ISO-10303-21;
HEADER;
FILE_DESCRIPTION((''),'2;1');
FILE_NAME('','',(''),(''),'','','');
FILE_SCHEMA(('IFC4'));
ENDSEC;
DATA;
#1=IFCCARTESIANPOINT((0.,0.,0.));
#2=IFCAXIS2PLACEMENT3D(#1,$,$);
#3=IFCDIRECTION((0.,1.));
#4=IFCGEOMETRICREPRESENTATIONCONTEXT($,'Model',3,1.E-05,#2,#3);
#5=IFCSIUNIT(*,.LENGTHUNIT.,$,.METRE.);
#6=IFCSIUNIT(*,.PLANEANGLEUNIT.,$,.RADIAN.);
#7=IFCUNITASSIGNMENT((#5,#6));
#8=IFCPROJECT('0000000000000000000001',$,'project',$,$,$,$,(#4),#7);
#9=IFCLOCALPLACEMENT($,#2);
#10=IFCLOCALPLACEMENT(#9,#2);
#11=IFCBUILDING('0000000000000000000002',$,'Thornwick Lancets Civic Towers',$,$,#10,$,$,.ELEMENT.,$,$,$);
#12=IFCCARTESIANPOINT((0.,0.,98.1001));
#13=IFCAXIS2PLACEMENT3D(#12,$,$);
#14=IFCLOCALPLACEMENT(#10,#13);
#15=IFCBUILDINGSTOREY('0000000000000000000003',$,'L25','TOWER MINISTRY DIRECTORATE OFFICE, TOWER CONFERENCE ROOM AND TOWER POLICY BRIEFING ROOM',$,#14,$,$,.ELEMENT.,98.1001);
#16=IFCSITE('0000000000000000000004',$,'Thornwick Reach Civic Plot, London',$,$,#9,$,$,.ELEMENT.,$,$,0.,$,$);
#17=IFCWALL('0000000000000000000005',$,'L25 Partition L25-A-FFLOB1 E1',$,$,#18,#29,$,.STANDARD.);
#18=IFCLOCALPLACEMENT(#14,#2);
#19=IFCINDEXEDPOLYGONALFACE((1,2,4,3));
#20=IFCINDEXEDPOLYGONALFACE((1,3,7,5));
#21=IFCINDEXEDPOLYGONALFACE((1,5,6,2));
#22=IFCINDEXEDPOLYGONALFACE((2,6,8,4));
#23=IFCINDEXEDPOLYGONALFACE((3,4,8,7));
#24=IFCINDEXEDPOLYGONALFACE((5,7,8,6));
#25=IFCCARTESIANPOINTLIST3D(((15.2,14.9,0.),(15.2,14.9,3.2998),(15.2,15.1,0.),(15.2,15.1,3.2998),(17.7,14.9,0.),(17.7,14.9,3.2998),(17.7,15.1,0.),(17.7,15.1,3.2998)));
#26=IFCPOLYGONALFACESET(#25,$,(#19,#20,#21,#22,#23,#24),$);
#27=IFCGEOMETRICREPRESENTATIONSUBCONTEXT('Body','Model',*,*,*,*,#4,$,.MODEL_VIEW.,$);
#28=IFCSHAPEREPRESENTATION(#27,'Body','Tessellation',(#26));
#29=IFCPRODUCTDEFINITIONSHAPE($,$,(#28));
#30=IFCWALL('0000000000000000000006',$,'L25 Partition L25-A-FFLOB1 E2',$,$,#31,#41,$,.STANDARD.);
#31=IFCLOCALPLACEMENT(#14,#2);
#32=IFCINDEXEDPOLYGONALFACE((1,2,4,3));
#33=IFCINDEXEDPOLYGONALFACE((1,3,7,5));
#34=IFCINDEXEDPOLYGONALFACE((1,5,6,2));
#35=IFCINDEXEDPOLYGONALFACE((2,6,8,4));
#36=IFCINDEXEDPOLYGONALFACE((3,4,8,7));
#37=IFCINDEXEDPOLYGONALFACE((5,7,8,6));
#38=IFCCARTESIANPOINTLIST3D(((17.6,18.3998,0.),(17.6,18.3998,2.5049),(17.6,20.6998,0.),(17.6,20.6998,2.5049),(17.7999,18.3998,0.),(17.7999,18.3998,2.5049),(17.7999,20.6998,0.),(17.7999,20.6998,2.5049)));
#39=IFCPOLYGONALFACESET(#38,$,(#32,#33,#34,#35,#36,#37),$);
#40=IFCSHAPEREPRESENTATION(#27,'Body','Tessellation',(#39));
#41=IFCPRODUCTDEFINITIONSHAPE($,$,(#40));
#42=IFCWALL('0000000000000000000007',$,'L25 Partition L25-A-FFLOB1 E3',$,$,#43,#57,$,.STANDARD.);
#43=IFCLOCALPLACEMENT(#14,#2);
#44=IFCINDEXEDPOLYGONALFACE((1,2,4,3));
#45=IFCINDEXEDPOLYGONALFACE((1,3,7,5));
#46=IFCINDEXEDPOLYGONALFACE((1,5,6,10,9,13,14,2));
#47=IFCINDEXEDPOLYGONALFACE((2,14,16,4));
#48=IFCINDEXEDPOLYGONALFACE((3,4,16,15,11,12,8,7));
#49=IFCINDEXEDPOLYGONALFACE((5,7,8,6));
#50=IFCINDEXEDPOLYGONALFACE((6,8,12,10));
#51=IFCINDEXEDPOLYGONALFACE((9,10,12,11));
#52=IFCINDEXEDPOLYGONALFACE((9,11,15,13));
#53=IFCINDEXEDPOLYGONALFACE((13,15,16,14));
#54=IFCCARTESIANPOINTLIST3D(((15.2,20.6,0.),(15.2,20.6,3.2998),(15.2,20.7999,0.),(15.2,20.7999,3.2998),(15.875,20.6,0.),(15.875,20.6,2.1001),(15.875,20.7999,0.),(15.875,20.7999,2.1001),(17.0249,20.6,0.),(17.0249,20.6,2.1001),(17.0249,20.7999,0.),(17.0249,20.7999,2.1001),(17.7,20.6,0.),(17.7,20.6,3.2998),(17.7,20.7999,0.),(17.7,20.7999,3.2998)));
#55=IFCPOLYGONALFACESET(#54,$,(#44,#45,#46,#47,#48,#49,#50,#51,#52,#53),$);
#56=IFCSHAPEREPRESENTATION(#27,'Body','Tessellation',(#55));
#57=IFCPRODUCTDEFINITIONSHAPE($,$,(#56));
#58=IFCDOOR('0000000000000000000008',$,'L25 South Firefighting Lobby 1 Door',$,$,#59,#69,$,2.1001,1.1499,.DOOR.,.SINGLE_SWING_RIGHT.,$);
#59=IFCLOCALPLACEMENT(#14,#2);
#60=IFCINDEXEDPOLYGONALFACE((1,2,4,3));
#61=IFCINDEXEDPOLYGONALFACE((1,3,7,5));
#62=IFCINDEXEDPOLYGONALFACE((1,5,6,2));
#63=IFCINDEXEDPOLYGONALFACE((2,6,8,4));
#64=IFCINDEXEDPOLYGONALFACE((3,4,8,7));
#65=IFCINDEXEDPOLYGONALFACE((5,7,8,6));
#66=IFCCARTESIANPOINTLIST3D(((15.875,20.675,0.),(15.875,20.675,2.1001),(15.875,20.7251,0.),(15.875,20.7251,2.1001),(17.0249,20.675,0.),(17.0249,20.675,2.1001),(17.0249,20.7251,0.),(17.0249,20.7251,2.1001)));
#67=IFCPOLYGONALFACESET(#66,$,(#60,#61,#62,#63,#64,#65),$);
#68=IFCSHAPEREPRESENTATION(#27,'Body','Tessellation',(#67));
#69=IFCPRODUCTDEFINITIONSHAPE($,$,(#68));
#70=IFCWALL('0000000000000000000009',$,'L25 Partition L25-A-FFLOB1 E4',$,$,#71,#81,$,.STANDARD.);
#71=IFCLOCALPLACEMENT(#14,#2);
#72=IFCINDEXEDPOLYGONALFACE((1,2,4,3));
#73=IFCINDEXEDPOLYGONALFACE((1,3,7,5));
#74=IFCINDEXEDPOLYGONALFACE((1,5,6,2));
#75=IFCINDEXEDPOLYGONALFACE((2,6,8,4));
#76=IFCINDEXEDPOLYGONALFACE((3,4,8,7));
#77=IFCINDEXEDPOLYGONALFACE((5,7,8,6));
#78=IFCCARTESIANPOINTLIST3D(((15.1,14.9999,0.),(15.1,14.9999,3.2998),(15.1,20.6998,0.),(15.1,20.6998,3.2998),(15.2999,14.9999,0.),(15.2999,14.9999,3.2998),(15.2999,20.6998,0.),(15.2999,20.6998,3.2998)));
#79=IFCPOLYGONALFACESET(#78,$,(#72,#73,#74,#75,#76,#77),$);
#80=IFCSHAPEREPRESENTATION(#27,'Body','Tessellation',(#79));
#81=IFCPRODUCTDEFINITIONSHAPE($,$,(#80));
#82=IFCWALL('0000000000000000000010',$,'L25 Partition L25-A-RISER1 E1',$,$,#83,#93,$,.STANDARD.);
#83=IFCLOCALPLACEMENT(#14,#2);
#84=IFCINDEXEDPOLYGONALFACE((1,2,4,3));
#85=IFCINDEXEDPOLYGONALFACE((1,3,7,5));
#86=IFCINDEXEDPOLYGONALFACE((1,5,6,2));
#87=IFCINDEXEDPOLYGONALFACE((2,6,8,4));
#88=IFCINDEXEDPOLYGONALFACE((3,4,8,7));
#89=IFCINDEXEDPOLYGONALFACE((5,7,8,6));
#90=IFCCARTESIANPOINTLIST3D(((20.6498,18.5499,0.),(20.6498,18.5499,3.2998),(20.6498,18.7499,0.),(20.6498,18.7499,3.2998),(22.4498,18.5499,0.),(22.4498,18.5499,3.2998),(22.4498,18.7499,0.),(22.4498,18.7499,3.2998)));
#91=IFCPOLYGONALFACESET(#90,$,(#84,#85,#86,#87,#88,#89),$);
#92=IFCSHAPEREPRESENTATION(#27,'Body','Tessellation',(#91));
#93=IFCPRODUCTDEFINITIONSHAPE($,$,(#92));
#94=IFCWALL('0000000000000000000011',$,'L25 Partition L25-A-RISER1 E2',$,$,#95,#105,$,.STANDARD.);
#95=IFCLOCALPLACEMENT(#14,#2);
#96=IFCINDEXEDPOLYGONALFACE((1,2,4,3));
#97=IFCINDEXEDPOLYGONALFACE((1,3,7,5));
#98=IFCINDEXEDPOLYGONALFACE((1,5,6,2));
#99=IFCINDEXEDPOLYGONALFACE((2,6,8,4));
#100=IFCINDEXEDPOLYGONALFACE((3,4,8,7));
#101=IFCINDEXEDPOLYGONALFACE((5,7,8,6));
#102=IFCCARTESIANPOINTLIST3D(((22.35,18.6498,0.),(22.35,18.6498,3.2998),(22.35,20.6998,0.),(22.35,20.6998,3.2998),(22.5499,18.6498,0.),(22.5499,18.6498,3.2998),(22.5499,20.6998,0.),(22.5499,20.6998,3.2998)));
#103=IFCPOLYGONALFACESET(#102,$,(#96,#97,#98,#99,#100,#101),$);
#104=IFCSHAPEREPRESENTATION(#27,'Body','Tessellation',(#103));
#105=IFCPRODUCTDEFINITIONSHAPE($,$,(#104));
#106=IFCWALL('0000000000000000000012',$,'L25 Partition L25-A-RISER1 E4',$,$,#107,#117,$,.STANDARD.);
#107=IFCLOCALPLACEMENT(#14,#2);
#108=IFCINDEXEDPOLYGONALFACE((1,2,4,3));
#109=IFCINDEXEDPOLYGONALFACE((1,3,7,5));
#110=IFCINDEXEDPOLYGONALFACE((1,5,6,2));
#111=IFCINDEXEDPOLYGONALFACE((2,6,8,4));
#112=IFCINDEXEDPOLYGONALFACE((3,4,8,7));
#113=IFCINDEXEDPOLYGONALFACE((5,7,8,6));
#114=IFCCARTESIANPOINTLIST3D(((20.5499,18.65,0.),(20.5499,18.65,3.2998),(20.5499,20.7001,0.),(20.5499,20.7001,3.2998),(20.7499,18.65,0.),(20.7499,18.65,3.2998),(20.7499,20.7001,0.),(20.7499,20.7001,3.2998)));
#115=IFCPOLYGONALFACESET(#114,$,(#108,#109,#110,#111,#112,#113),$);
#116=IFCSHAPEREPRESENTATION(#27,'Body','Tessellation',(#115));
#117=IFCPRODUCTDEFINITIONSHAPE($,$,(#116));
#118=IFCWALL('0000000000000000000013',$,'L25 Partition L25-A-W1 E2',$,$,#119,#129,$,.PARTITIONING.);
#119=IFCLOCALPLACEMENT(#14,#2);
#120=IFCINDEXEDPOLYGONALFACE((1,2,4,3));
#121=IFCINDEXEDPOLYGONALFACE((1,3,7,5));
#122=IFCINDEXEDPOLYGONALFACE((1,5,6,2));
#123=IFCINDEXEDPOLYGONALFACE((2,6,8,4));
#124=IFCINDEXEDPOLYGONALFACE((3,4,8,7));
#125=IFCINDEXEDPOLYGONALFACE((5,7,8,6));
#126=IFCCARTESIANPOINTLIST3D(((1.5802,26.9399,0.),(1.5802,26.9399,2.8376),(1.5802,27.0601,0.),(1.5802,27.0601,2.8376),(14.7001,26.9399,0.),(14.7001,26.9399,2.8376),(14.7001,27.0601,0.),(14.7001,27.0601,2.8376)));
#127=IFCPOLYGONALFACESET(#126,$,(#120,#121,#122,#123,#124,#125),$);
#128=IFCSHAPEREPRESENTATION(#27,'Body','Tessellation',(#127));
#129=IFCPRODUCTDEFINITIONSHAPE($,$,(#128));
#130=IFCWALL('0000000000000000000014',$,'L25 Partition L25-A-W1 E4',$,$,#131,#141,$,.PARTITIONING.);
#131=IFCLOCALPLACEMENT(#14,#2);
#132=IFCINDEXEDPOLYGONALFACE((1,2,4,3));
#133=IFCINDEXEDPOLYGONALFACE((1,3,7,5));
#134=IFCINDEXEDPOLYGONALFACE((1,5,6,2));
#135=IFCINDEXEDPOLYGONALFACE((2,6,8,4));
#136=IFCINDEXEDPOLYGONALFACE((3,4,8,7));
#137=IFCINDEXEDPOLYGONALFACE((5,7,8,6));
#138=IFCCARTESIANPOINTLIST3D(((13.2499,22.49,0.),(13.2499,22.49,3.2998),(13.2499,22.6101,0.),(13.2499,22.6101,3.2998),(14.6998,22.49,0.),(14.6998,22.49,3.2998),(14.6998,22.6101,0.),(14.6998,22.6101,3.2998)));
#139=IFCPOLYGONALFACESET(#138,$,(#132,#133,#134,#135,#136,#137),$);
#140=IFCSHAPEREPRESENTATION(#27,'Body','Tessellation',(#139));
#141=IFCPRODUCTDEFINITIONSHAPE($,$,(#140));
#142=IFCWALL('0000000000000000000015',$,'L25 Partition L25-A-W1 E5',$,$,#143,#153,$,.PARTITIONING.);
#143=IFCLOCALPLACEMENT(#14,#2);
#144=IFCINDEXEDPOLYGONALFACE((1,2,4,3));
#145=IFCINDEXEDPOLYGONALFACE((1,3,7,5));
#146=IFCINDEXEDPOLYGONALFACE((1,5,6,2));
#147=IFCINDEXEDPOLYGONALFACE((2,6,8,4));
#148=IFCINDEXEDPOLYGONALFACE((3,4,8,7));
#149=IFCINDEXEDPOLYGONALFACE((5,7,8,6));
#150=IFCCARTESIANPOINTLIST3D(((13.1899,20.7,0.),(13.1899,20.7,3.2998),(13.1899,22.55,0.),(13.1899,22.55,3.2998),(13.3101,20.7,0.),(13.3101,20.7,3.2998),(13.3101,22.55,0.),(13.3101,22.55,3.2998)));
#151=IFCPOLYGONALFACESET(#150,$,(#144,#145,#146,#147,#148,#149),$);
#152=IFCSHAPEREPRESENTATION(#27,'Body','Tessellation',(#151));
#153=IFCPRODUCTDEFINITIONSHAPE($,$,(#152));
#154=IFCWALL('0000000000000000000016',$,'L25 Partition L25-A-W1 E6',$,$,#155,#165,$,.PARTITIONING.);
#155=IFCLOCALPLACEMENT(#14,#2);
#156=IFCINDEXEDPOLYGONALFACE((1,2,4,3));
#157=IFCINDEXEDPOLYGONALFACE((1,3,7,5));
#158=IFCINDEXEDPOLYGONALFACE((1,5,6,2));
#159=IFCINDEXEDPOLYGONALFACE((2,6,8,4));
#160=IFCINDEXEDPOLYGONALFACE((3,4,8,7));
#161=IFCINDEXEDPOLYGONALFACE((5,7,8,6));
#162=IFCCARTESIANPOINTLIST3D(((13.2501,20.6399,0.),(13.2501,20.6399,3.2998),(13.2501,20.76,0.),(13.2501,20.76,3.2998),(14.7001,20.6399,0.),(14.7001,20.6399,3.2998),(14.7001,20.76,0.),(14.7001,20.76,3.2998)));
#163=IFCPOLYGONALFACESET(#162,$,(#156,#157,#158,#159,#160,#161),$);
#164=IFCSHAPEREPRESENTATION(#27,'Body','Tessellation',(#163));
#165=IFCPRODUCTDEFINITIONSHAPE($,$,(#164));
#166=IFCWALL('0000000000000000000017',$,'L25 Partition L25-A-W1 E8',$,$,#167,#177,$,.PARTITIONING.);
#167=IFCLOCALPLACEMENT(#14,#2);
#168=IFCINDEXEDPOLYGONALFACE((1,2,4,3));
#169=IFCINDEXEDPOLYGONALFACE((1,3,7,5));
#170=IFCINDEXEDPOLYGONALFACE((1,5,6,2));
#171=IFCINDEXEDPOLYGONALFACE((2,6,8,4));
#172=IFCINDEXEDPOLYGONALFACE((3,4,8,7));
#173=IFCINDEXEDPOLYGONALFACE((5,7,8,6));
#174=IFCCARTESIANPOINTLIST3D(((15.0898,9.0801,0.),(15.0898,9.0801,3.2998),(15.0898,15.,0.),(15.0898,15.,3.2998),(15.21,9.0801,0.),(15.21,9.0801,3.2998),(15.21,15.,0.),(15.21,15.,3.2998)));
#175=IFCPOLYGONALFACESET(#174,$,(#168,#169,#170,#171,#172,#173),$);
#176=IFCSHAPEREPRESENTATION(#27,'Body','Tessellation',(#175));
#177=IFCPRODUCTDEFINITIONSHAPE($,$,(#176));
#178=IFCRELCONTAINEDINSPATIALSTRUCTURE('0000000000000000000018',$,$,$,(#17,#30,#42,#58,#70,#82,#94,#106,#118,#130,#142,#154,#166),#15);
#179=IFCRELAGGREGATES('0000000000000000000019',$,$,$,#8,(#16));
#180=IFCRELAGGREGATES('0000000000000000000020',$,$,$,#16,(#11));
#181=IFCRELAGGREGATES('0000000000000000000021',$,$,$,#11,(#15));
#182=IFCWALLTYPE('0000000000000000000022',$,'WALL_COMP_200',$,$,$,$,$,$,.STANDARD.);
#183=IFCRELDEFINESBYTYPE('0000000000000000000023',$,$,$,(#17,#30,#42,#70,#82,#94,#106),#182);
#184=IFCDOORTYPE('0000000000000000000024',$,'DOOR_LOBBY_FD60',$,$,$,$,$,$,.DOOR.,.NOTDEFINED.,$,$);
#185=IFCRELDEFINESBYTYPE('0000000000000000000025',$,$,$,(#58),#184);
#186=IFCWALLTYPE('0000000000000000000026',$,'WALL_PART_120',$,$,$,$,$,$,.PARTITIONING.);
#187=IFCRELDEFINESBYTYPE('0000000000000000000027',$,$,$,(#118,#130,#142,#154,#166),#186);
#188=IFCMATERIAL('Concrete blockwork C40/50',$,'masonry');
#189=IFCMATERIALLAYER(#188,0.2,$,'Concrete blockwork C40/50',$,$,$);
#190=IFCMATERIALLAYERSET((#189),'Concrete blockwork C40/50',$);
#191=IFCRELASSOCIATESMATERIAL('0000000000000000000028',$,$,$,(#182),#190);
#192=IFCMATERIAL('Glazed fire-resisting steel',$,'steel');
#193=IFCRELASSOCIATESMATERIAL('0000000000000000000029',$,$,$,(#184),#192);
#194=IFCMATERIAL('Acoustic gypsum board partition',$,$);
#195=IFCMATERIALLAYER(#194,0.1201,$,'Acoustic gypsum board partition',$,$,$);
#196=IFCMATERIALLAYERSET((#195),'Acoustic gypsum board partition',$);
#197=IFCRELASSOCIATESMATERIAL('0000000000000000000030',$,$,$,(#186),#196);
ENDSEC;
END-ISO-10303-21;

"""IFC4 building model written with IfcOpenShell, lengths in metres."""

from ifc_helpers import new_model, si_unit, direction, frame, frame_2d, origin, place, context, subcontext, project, spatial, rectangle, extrude, material, layer, layer_set, type_object, element, fill, save


model = new_model("IFC4")

# Units and contexts
model_context = context("Model", 3, precision=1e-05, world=origin(), true_north=direction((0.0, 1.0)))
body_context = subcontext(model_context, "Body", "Model", "MODEL_VIEW")
ifc_project = project(units=[si_unit("LENGTHUNIT", "METRE"), si_unit("PLANEANGLEUNIT", "RADIAN")], contexts=[model_context])

# Site, building, storey
site_placement = place(None, origin())
site = spatial("IfcSite", under=ifc_project, at=site_placement, Name="Thornwick Reach Civic Plot, London", CompositionType="ELEMENT", RefElevation=0.0)
building_placement = place(site_placement, origin())
building = spatial("IfcBuilding", under=site, at=building_placement, Name="Thornwick Lancets Civic Towers", CompositionType="ELEMENT")
storey_placement = place(building_placement, frame((0.0, 0.0, 98.1001)))
storey = spatial("IfcBuildingStorey", under=building, at=storey_placement, Name="L25", Description="TOWER MINISTRY DIRECTORATE OFFICE, TOWER CONFERENCE ROOM AND TOWER POLICY BRIEFING ROOM", CompositionType="ELEMENT", Elevation=98.1001)

# Walls
ifc_material_1 = material(Name="Concrete blockwork C40/50", Category="masonry")
ifc_layer_1 = layer(ifc_material_1, 0.2, Name="Concrete blockwork C40/50")
ifc_layer_set_1 = layer_set([ifc_layer_1], Name="Concrete blockwork C40/50")
wall_type_1 = type_object("IfcWallType", Name="WALL_COMP_200", PredefinedType="STANDARD", material=ifc_layer_set_1)
wall_1_placement = place(storey_placement, frame((15.2, 15.0, 0.0), z_axis=(0.0, 0.0, 1.0), x_axis=(1.0, 0.0, 0.0)))
element("IfcWall", 1, at=wall_1_placement, inside=storey, type_object=wall_type_1, Name="L25 Partition L25-A-FFLOB1 E1", PredefinedType="STANDARD", context=body_context, shape_type="SweptSolid", body=[
    extrude(rectangle(XDim=2.5, YDim=0.2, at=frame_2d((1.25, 0.0))), origin(), (0.0, 0.0, 1.0), 3.2998),
])
wall_2_placement = place(storey_placement, frame((17.7, 18.3999, 0.0), z_axis=(0.0, 0.0, 1.0), x_axis=(0.0, 1.0, 0.0)))
element("IfcWall", 2, at=wall_2_placement, inside=storey, type_object=wall_type_1, Name="L25 Partition L25-A-FFLOB1 E2", PredefinedType="STANDARD", context=body_context, shape_type="SweptSolid", body=[
    extrude(rectangle(XDim=2.3, YDim=0.2, at=frame_2d((1.1499, 0.0))), origin(), (0.0, 0.0, 1.0), 2.5049),
])

# Wall, opening, door
wall_3_placement = place(storey_placement, frame((17.7, 20.7, 0.0), z_axis=(0.0, 0.0, 1.0), x_axis=(-1.0, 0.0, 0.0)))
wall_3 = element("IfcWall", 3, at=wall_3_placement, inside=storey, type_object=wall_type_1, Name="L25 Partition L25-A-FFLOB1 E3", PredefinedType="STANDARD", context=body_context, shape_type="SweptSolid", body=[
    extrude(rectangle(XDim=2.5, YDim=0.2, at=frame_2d((1.25, 0.0))), origin(), (0.0, 0.0, 1.0), 3.2998),
])
opening_1_placement = place(wall_3_placement, frame((0.675, 0.0, 0.0)))
opening_1 = element("IfcOpeningElement", 4, at=opening_1_placement, cuts=wall_3, PredefinedType="OPENING", context=body_context, shape_type="SweptSolid", body=[
    extrude(rectangle(XDim=1.1499, YDim=2.1001, at=frame_2d((0.575, 1.05))), frame((0.0, 0.1099, 0.0), z_axis=(0.0, -1.0, 0.0), x_axis=(1.0, 0.0, 0.0)), (0.0, 0.0, 1.0), 0.22),
])
ifc_material_2 = material(Name="Glazed fire-resisting steel", Category="steel")
door_type_1 = type_object("IfcDoorType", Name="DOOR_LOBBY_FD60", OperationType="NOTDEFINED", PredefinedType="DOOR", material=ifc_material_2)
door_1_placement = place(opening_1_placement, origin())
door_1 = element("IfcDoor", 5, at=door_1_placement, inside=storey, type_object=door_type_1, Name="L25 South Firefighting Lobby 1 Door", OperationType="SINGLE_SWING_RIGHT", OverallHeight=2.1001, OverallWidth=1.1499, PredefinedType="DOOR", context=body_context, shape_type="SweptSolid", body=[
    extrude(rectangle(XDim=1.1499, YDim=2.1001, at=frame_2d((0.575, 1.05))), frame((0.0, 0.0249, 0.0), z_axis=(0.0, -1.0, 0.0), x_axis=(1.0, 0.0, 0.0)), (0.0, 0.0, 1.0), 0.05),
])
fill(opening_1, door_1)

# Walls
wall_4_placement = place(storey_placement, frame((15.2, 20.7, 0.0), z_axis=(0.0, 0.0, 1.0), x_axis=(0.0, -1.0, 0.0)))
element("IfcWall", 6, at=wall_4_placement, inside=storey, type_object=wall_type_1, Name="L25 Partition L25-A-FFLOB1 E4", PredefinedType="STANDARD", context=body_context, shape_type="SweptSolid", body=[
    extrude(rectangle(XDim=5.7, YDim=0.2, at=frame_2d((2.8501, 0.0))), origin(), (0.0, 0.0, 1.0), 3.2998),
])
wall_5_placement = place(storey_placement, frame((20.6499, 18.6499, 0.0), z_axis=(0.0, 0.0, 1.0), x_axis=(1.0, 0.0, 0.0)))
element("IfcWall", 7, at=wall_5_placement, inside=storey, type_object=wall_type_1, Name="L25 Partition L25-A-RISER1 E1", PredefinedType="STANDARD", context=body_context, shape_type="SweptSolid", body=[
    extrude(rectangle(XDim=1.8, YDim=0.2, at=frame_2d((0.8999, 0.0))), origin(), (0.0, 0.0, 1.0), 3.2998),
])
for number, where, z_axis, x_axis, name in (
    (8, (22.45, 18.6499, 0.0), (0.0, 0.0, 1.0), (0.0, 1.0, 0.0), "L25 Partition L25-A-RISER1 E2"),
    (9, (20.6499, 20.7, 0.0), (0.0, 0.0, 1.0), (0.0, -1.0, 0.0), "L25 Partition L25-A-RISER1 E4"),
):
    element("IfcWall", number, at=place(storey_placement, frame(where, z_axis=z_axis, x_axis=x_axis)), inside=storey, type_object=wall_type_1, Name=name, PredefinedType="STANDARD", context=body_context, shape_type="SweptSolid", body=[
        extrude(rectangle(XDim=2.05, YDim=0.2, at=frame_2d((1.0249, 0.0))), origin(), (0.0, 0.0, 1.0), 3.2998),
    ])
ifc_material_3 = material(Name="Acoustic gypsum board partition")
ifc_layer_2 = layer(ifc_material_3, 0.1201, Name="Acoustic gypsum board partition")
ifc_layer_set_2 = layer_set([ifc_layer_2], Name="Acoustic gypsum board partition")
wall_type_2 = type_object("IfcWallType", Name="WALL_PART_120", PredefinedType="PARTITIONING", material=ifc_layer_set_2)
wall_6_placement = place(storey_placement, frame((1.5801, 27.0, 0.0), z_axis=(0.0, 0.0, 1.0), x_axis=(1.0, 0.0, 0.0)))
element("IfcWall", 10, at=wall_6_placement, inside=storey, type_object=wall_type_2, Name="L25 Partition L25-A-W1 E2", PredefinedType="PARTITIONING", context=body_context, shape_type="SweptSolid", body=[
    extrude(rectangle(XDim=13.1199, YDim=0.1201, at=frame_2d((6.5601, 0.0))), origin(), (0.0, 0.0, 1.0), 2.8376),
])
wall_7_placement = place(storey_placement, frame((14.7, 22.55, 0.0), z_axis=(0.0, 0.0, 1.0), x_axis=(-1.0, 0.0, 0.0)))
element("IfcWall", 11, at=wall_7_placement, inside=storey, type_object=wall_type_2, Name="L25 Partition L25-A-W1 E4", PredefinedType="PARTITIONING", context=body_context, shape_type="SweptSolid", body=[
    extrude(rectangle(XDim=1.45, YDim=0.1201, at=frame_2d((0.7251, 0.0))), origin(), (0.0, 0.0, 1.0), 3.2998),
])
wall_8_placement = place(storey_placement, frame((13.25, 22.55, 0.0), z_axis=(0.0, 0.0, 1.0), x_axis=(0.0, -1.0, 0.0)))
element("IfcWall", 12, at=wall_8_placement, inside=storey, type_object=wall_type_2, Name="L25 Partition L25-A-W1 E5", PredefinedType="PARTITIONING", context=body_context, shape_type="SweptSolid", body=[
    extrude(rectangle(XDim=1.8501, YDim=0.1201, at=frame_2d((0.925, 0.0))), origin(), (0.0, 0.0, 1.0), 3.2998),
])
wall_9_placement = place(storey_placement, frame((13.25, 20.7, 0.0), z_axis=(0.0, 0.0, 1.0), x_axis=(1.0, 0.0, 0.0)))
element("IfcWall", 13, at=wall_9_placement, inside=storey, type_object=wall_type_2, Name="L25 Partition L25-A-W1 E6", PredefinedType="PARTITIONING", context=body_context, shape_type="SweptSolid", body=[
    extrude(rectangle(XDim=1.45, YDim=0.1201, at=frame_2d((0.7251, 0.0))), origin(), (0.0, 0.0, 1.0), 3.2998),
])
wall_10_placement = place(storey_placement, frame((15.1499, 15.0, 0.0), z_axis=(0.0, 0.0, 1.0), x_axis=(0.0, -1.0, 0.0)))
element("IfcWall", 14, at=wall_10_placement, inside=storey, type_object=wall_type_2, Name="L25 Partition L25-A-W1 E8", PredefinedType="PARTITIONING", context=body_context, shape_type="SweptSolid", body=[
    extrude(rectangle(XDim=5.9199, YDim=0.1201, at=frame_2d((2.96, 0.0))), origin(), (0.0, 0.0, 1.0), 3.2998),
])

save(model, "model.ifc")
